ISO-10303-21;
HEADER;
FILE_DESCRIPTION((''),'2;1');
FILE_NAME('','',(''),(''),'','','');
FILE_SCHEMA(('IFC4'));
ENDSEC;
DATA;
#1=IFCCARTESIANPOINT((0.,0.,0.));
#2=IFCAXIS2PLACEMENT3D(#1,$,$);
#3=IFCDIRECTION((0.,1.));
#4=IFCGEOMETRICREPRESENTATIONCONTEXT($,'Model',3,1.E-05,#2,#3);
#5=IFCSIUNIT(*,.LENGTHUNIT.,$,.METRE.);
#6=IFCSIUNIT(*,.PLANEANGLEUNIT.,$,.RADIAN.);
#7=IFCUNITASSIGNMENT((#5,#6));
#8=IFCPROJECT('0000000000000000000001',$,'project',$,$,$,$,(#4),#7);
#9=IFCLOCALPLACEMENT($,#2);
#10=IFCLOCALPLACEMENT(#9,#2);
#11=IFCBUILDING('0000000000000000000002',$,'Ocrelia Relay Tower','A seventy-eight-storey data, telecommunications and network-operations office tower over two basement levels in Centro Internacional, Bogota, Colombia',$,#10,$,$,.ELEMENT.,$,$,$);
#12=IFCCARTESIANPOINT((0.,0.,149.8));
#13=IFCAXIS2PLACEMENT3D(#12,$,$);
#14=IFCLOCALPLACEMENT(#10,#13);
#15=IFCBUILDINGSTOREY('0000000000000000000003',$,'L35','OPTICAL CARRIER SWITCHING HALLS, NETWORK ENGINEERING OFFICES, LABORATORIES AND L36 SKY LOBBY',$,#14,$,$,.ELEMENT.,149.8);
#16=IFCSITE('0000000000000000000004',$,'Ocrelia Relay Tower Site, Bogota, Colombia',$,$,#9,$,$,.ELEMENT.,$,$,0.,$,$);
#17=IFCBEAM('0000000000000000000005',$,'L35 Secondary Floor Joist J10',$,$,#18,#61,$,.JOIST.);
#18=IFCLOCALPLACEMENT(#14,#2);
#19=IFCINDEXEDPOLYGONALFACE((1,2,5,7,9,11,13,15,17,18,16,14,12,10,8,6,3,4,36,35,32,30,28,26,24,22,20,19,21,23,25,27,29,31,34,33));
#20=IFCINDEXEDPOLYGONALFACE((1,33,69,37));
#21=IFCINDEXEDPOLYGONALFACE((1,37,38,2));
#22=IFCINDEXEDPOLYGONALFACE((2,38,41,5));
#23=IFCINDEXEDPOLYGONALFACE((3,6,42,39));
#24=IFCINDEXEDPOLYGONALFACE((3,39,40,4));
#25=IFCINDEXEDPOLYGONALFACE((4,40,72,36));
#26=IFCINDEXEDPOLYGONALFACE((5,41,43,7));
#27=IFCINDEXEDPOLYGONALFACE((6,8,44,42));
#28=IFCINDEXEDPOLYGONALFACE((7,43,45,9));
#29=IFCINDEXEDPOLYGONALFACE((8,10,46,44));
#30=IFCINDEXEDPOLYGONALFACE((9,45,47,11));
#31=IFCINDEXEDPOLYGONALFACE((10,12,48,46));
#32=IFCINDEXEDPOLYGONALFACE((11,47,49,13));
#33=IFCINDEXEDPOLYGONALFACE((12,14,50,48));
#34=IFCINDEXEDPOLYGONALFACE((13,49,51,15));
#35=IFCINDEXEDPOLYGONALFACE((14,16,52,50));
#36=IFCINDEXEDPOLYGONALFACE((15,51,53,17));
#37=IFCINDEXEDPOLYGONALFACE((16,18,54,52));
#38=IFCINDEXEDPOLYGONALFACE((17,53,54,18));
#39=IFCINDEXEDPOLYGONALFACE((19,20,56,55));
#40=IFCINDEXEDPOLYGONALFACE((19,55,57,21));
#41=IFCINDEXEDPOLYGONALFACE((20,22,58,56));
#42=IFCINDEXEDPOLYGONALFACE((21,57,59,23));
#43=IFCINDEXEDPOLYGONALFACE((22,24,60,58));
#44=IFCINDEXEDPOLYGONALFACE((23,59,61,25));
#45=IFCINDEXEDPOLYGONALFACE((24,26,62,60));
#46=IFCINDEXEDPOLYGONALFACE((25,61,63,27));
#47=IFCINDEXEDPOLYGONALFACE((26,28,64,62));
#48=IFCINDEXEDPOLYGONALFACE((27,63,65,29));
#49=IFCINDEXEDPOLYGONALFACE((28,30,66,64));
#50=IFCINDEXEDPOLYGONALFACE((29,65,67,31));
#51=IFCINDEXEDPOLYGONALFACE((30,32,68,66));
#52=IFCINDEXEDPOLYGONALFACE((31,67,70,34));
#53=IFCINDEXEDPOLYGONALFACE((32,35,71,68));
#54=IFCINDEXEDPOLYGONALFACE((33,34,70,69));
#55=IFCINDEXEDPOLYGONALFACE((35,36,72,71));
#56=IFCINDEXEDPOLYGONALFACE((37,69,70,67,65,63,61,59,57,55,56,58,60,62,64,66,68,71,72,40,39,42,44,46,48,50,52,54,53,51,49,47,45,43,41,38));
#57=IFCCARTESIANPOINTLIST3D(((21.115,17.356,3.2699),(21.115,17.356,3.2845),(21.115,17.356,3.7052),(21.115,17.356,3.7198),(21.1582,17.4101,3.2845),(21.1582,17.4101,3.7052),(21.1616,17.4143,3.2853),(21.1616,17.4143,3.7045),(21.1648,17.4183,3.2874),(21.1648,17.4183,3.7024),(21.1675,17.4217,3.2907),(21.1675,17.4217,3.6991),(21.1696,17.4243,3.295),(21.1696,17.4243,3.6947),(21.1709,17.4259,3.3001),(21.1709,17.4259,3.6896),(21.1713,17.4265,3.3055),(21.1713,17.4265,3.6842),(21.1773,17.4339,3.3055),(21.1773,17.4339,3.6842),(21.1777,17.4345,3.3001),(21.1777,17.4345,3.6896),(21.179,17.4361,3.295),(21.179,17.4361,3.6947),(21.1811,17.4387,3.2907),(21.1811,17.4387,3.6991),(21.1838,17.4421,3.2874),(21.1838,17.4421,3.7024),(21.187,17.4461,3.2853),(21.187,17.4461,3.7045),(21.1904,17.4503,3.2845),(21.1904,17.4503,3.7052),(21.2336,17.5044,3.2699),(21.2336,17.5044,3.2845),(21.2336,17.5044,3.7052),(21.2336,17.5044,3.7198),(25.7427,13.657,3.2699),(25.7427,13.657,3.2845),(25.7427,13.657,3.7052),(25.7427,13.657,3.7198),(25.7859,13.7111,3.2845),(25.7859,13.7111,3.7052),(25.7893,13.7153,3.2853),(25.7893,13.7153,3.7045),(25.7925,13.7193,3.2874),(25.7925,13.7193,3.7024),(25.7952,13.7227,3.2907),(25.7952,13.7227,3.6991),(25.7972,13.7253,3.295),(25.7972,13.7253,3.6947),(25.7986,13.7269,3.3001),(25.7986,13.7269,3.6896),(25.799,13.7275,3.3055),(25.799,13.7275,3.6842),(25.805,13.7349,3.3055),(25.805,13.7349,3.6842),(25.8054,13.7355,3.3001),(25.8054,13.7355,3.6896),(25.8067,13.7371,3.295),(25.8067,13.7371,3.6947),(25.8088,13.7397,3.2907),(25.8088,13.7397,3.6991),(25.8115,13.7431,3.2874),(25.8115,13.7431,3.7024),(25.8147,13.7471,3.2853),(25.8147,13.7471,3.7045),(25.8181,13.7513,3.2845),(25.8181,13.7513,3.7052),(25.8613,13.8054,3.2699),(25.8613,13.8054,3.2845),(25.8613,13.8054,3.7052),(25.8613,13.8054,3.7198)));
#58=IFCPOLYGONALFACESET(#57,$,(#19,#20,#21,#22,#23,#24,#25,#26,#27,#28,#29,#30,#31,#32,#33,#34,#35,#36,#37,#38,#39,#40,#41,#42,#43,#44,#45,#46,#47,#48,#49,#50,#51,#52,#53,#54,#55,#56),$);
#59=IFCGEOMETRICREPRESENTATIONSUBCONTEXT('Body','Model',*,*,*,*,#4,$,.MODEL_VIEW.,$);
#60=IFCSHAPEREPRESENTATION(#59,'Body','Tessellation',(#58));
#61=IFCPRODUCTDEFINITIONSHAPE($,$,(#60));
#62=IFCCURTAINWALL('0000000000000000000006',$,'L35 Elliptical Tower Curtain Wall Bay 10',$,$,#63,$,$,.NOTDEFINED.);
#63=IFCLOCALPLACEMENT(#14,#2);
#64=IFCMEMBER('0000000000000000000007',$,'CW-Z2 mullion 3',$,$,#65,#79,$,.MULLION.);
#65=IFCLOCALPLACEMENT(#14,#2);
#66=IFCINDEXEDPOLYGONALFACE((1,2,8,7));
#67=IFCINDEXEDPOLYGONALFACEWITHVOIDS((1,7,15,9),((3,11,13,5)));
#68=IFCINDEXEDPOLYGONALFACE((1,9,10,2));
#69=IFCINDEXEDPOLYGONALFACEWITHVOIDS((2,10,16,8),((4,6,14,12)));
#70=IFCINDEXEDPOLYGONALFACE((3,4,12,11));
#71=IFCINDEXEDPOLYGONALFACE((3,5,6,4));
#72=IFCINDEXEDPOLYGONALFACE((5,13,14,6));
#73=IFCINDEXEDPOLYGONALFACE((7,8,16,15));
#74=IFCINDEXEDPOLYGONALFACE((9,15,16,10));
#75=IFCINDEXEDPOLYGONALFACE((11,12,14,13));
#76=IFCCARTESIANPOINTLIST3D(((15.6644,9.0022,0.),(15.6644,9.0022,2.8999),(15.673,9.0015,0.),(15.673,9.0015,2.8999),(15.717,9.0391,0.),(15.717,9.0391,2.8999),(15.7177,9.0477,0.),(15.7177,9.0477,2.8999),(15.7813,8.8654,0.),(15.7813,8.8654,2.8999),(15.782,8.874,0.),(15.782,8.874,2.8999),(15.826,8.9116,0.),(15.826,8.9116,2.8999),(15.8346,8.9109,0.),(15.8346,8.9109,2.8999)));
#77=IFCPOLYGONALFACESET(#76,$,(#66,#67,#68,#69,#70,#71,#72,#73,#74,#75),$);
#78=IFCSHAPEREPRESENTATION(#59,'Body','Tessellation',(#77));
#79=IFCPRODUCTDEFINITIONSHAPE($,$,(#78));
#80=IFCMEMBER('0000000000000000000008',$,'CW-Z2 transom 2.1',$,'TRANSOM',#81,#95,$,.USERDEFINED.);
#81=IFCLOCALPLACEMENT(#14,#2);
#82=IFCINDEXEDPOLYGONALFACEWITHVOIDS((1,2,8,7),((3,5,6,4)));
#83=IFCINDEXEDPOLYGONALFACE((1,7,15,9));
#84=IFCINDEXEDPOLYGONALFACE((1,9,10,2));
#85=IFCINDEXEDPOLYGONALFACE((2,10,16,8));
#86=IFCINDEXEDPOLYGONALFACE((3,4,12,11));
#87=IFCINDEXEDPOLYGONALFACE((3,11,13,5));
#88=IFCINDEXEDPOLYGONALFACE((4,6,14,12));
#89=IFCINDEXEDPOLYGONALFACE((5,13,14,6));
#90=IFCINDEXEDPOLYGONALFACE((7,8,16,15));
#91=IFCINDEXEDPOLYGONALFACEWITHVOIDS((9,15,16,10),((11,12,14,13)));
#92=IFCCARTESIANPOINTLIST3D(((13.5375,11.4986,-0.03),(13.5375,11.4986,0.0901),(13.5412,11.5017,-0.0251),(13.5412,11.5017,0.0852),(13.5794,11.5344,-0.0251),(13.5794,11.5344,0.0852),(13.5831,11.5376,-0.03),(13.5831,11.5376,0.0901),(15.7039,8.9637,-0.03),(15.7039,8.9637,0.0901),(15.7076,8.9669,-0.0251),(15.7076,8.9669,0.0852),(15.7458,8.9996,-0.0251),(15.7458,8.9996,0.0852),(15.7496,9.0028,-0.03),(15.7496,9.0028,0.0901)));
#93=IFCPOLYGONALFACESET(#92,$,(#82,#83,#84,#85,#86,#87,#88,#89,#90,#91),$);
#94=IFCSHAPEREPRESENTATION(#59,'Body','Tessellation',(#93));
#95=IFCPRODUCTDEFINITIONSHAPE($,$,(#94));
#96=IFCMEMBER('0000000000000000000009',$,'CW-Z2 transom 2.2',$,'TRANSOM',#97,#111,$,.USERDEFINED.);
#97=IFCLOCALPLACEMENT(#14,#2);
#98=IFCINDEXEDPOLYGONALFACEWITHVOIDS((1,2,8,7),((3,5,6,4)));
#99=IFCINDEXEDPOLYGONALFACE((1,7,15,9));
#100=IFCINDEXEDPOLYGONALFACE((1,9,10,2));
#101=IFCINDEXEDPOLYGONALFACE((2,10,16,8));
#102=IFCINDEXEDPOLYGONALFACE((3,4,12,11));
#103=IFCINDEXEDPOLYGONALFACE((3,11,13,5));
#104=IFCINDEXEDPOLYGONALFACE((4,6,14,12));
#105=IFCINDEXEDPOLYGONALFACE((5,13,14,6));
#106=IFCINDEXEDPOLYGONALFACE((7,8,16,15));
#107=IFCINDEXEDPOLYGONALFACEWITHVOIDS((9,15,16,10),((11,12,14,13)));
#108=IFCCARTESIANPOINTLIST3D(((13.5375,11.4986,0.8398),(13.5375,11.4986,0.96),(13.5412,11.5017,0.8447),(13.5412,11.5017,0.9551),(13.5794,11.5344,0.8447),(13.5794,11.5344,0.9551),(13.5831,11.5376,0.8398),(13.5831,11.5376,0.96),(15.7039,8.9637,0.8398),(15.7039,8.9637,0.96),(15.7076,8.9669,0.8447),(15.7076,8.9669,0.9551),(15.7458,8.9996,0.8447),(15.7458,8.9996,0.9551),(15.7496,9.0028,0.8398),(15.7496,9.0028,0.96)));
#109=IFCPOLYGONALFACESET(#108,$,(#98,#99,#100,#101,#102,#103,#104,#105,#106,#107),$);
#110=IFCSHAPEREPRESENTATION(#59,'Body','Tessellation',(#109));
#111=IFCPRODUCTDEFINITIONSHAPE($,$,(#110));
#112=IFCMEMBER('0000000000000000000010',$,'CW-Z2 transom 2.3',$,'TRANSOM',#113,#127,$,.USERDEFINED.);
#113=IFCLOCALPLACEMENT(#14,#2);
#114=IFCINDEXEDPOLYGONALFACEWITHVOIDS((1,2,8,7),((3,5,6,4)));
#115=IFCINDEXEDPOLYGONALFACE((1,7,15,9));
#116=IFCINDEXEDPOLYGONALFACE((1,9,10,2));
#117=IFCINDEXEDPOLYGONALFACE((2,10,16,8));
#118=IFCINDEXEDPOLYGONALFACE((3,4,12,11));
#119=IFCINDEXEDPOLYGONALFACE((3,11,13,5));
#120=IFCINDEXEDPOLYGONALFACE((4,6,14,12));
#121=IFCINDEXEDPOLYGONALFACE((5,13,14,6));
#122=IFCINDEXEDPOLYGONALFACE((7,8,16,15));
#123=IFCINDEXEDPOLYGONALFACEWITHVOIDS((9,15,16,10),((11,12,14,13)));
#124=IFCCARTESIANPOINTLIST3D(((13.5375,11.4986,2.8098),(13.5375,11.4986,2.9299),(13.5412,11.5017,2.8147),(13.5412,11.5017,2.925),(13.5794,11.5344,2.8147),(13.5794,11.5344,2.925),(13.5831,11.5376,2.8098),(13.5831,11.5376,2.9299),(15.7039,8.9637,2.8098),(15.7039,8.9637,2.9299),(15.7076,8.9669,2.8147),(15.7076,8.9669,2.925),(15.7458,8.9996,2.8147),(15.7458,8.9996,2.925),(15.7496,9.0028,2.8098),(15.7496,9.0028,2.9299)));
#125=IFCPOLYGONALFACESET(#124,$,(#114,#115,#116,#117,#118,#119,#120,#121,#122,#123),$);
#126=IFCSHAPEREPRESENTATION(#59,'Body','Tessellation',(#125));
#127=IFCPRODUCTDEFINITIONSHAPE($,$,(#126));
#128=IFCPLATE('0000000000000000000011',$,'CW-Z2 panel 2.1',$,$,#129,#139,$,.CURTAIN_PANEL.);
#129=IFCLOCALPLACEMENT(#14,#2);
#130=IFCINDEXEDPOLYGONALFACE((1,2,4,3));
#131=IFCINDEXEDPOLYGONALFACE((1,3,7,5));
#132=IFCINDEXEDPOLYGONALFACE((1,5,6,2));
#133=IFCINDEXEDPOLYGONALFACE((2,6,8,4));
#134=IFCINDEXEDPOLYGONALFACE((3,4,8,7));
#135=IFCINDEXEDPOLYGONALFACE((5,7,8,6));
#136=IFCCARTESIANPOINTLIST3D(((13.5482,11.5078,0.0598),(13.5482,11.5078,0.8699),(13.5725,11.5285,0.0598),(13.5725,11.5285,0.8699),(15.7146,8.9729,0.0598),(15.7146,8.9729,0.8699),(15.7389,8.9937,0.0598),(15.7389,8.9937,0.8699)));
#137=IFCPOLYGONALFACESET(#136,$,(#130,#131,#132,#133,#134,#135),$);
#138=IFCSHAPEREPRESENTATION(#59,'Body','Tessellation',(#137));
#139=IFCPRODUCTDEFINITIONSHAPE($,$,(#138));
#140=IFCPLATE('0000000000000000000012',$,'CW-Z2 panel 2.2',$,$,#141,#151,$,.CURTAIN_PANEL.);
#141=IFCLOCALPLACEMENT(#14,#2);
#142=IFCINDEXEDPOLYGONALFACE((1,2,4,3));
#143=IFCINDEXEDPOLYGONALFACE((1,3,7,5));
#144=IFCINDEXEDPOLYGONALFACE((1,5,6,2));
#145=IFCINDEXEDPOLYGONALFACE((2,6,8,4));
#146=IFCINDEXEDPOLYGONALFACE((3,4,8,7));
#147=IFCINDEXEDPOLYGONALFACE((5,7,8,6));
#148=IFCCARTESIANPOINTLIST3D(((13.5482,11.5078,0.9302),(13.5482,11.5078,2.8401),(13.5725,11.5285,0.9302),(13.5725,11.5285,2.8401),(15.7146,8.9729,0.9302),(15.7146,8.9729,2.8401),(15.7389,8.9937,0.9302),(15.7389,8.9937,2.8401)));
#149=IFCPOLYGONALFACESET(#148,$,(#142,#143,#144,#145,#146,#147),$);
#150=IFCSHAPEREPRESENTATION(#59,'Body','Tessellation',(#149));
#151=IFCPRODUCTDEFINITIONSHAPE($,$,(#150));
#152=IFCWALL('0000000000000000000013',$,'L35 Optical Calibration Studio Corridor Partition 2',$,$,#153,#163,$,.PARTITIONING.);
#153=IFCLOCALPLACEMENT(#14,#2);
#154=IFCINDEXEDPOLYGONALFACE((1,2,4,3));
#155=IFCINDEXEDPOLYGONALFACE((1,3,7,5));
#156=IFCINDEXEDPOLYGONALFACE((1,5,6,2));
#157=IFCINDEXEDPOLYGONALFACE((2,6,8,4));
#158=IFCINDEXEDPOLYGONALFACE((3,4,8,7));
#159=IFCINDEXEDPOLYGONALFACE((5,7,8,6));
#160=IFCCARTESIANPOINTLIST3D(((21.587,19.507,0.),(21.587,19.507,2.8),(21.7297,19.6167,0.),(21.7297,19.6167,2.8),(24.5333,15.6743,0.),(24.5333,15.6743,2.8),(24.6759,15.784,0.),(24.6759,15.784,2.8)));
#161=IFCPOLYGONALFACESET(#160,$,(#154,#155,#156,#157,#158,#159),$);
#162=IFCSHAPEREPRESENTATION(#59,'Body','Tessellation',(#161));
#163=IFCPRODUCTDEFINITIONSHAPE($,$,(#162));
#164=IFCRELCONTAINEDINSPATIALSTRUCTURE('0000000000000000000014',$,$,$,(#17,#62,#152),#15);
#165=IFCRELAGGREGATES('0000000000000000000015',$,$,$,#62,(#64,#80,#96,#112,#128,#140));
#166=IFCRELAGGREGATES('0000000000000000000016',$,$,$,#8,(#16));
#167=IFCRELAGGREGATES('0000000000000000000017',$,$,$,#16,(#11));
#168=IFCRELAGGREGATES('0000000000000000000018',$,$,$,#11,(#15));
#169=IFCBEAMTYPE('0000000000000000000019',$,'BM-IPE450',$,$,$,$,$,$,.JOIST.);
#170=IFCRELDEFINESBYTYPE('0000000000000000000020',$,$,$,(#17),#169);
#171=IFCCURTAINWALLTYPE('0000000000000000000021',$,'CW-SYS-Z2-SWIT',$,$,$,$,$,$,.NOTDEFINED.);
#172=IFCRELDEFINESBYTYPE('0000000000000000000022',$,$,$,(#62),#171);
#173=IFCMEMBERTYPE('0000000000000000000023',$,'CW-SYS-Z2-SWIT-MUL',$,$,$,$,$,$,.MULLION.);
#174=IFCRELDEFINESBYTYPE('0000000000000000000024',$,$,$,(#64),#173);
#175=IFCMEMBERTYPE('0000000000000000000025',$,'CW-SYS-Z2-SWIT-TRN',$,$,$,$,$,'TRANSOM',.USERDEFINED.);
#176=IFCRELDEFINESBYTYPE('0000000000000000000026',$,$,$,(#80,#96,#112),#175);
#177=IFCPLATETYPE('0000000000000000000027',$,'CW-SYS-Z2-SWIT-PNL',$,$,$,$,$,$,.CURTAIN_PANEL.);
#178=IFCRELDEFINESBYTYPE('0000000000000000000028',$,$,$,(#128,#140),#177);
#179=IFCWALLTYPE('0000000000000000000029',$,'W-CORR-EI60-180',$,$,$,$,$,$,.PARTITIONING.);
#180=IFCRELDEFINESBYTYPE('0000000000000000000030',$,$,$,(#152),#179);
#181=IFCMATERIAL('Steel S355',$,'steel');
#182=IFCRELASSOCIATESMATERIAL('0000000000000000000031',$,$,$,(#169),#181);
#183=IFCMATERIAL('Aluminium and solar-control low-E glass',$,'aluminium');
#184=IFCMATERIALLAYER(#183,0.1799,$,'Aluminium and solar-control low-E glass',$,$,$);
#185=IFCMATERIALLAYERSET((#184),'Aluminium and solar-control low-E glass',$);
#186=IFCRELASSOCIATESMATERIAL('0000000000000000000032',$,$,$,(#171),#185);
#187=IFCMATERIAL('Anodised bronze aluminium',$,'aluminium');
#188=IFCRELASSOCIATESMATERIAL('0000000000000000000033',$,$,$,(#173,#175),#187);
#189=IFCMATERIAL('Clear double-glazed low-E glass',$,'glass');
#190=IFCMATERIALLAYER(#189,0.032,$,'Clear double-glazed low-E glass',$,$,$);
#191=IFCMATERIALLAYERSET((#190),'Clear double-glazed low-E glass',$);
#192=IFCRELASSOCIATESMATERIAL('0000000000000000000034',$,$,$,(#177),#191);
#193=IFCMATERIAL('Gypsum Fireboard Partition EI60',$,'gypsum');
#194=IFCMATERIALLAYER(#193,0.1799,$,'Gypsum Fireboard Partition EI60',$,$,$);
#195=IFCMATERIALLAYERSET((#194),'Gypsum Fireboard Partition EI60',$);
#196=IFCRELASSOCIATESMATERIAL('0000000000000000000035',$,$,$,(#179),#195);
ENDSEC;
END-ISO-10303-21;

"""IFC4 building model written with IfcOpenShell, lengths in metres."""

from ifc_helpers import new_model, si_unit, direction, frame, frame_2d, origin, origin_2d, place, context, subcontext, project, spatial, rectangle, hollow_rectangle, i_section, extrude, material, layer, layer_set, material_profile, profile_set, type_object, element, aggregate, save


model = new_model("IFC4")

# Units and contexts
model_context = context("Model", 3, precision=1e-05, world=origin(), true_north=direction((0.0, 1.0)))
body_context = subcontext(model_context, "Body", "Model", "MODEL_VIEW")
ifc_project = project(units=[si_unit("LENGTHUNIT", "METRE"), si_unit("PLANEANGLEUNIT", "RADIAN")], contexts=[model_context])

# Site, building, storey
site_placement = place(None, origin())
site = spatial("IfcSite", under=ifc_project, at=site_placement, Name="Ocrelia Relay Tower Site, Bogota, Colombia", CompositionType="ELEMENT", RefElevation=0.0)
building_placement = place(site_placement, origin())
building = spatial("IfcBuilding", under=site, at=building_placement, Name="Ocrelia Relay Tower", Description="A seventy-eight-storey data, telecommunications and network-operations office tower over two basement levels in Centro Internacional, Bogota, Colombia", CompositionType="ELEMENT")
storey_placement = place(building_placement, frame((0.0, 0.0, 149.8)))
storey = spatial("IfcBuildingStorey", under=building, at=storey_placement, Name="L35", Description="OPTICAL CARRIER SWITCHING HALLS, NETWORK ENGINEERING OFFICES, LABORATORIES AND L36 SKY LOBBY", CompositionType="ELEMENT", Elevation=149.8)

# Beam
ifc_material_1 = material(Name="Steel S355", Category="steel")
ifc_material_profile_1 = material_profile(ifc_material_1, i_section(OverallWidth=0.1899, OverallDepth=0.45, WebThickness=0.0095, FlangeThickness=0.0146, FilletRadius=0.021, at=origin_2d()), Name="IPE 450")
ifc_profile_set_1 = profile_set([ifc_material_profile_1], Name="Steel S355")
beam_type_1 = type_object("IfcBeamType", Name="BM-IPE450", PredefinedType="JOIST", material=ifc_profile_set_1)
beam_1_placement = place(storey_placement, frame((21.1743, 17.4302, 3.4949), z_axis=(0.78113, -0.624368, 0.0), x_axis=(0.624368, 0.78113, 0.0)))
element("IfcBeam", 1, at=beam_1_placement, inside=storey, type_object=beam_type_1, Name="L35 Secondary Floor Joist J10", PredefinedType="JOIST", context=body_context, shape_type="SweptSolid", body=[
    extrude(i_section(OverallWidth=0.1899, OverallDepth=0.45, WebThickness=0.0095, FlangeThickness=0.0146, FilletRadius=0.021, at=origin_2d()), origin(), (0.0, 0.0, 1.0), 5.9243),
])

# Curtain wall, members, plates
ifc_material_2 = material(Name="Aluminium and solar-control low-E glass", Category="aluminium")
ifc_layer_1 = layer(ifc_material_2, 0.1799, Name="Aluminium and solar-control low-E glass")
ifc_layer_set_1 = layer_set([ifc_layer_1], Name="Aluminium and solar-control low-E glass")
curtain_wall_type = type_object("IfcCurtainWallType", Name="CW-SYS-Z2-SWIT", PredefinedType="NOTDEFINED", material=ifc_layer_set_1)
curtain_wall_placement = place(storey_placement, origin())
curtain_wall = element("IfcCurtainWall", 2, at=curtain_wall_placement, inside=storey, type_object=curtain_wall_type, Name="L35 Elliptical Tower Curtain Wall Bay 10", PredefinedType="NOTDEFINED")
ifc_material_3 = material(Name="Anodised bronze aluminium", Category="aluminium")
ifc_material_profile_2 = material_profile(ifc_material_3, hollow_rectangle(XDim=0.0701, YDim=0.1799, WallThickness=0.0061, at=origin_2d()), Name="CW-MUL-180x70")
ifc_profile_set_2 = profile_set([ifc_material_profile_2], Name="Anodised bronze aluminium")
member_type_1 = type_object("IfcMemberType", Name="CW-SYS-Z2-SWIT-MUL", PredefinedType="MULLION", material=ifc_profile_set_2)
member_1_placement = place(storey_placement, frame((15.7495, 8.9565, 0.0), z_axis=(0.0, 0.0, 1.0), x_axis=(0.760185, 0.649706, 0.0)))
member_1 = element("IfcMember", 3, at=member_1_placement, type_object=member_type_1, Name="CW-Z2 mullion 3", PredefinedType="MULLION", context=body_context, shape_type="SweptSolid", body=[
    extrude(hollow_rectangle(XDim=0.0701, YDim=0.1799, WallThickness=0.0061, at=origin_2d()), origin(), (0.0, 0.0, 1.0), 2.8999),
])
ifc_material_profile_3 = material_profile(ifc_material_3, hollow_rectangle(XDim=0.0601, YDim=0.1201, WallThickness=0.0049, at=origin_2d()), Name="CW-TRN-120x60")
ifc_profile_set_3 = profile_set([ifc_material_profile_3], Name="Anodised bronze aluminium")
member_type_2 = type_object("IfcMemberType", Name="CW-SYS-Z2-SWIT-TRN", ElementType="TRANSOM", PredefinedType="USERDEFINED", material=ifc_profile_set_3)
member_2_placement = place(storey_placement, frame((13.5603, 11.5181, 0.03), z_axis=(0.649705, -0.760186, 0.0), x_axis=(0.760186, 0.649705, 0.0)))
member_2 = element("IfcMember", 4, at=member_2_placement, type_object=member_type_2, Name="CW-Z2 transom 2.1", ObjectType="TRANSOM", PredefinedType="USERDEFINED", context=body_context, shape_type="SweptSolid", body=[
    extrude(hollow_rectangle(XDim=0.0601, YDim=0.1201, WallThickness=0.0049, at=origin_2d()), origin(), (0.0, 0.0, 1.0), 3.3345),
])
member_3_placement = place(storey_placement, frame((13.5603, 11.5181, 0.8999), z_axis=(0.649705, -0.760186, 0.0), x_axis=(0.760186, 0.649705, 0.0)))
member_3 = element("IfcMember", 5, at=member_3_placement, type_object=member_type_2, Name="CW-Z2 transom 2.2", ObjectType="TRANSOM", PredefinedType="USERDEFINED", context=body_context, shape_type="SweptSolid", body=[
    extrude(hollow_rectangle(XDim=0.0601, YDim=0.1201, WallThickness=0.0049, at=origin_2d()), origin(), (0.0, 0.0, 1.0), 3.3345),
])
member_4_placement = place(storey_placement, frame((13.5603, 11.5181, 2.8699), z_axis=(0.649705, -0.760186, 0.0), x_axis=(0.760186, 0.649705, 0.0)))
member_4 = element("IfcMember", 6, at=member_4_placement, type_object=member_type_2, Name="CW-Z2 transom 2.3", ObjectType="TRANSOM", PredefinedType="USERDEFINED", context=body_context, shape_type="SweptSolid", body=[
    extrude(hollow_rectangle(XDim=0.0601, YDim=0.1201, WallThickness=0.0049, at=origin_2d()), origin(), (0.0, 0.0, 1.0), 3.3345),
])
ifc_material_4 = material(Name="Clear double-glazed low-E glass", Category="glass")
ifc_layer_2 = layer(ifc_material_4, 0.032, Name="Clear double-glazed low-E glass")
ifc_layer_set_2 = layer_set([ifc_layer_2], Name="Clear double-glazed low-E glass")
plate_type = type_object("IfcPlateType", Name="CW-SYS-Z2-SWIT-PNL", PredefinedType="CURTAIN_PANEL", material=ifc_layer_set_2)
plate_1_placement = place(storey_placement, frame((14.6436, 10.2507, 0.0598), z_axis=(0.0, 0.0, 1.0), x_axis=(0.649706, -0.760185, 0.0)))
plate_1 = element("IfcPlate", 7, at=plate_1_placement, type_object=plate_type, Name="CW-Z2 panel 2.1", PredefinedType="CURTAIN_PANEL", context=body_context, shape_type="SweptSolid", body=[
    extrude(rectangle(XDim=3.3345, YDim=0.032, at=origin_2d()), origin(), (0.0, 0.0, 1.0), 0.8101),
])
plate_2_placement = place(storey_placement, frame((14.6436, 10.2507, 0.9302), z_axis=(0.0, 0.0, 1.0), x_axis=(0.649706, -0.760185, 0.0)))
plate_2 = element("IfcPlate", 8, at=plate_2_placement, type_object=plate_type, Name="CW-Z2 panel 2.2", PredefinedType="CURTAIN_PANEL", context=body_context, shape_type="SweptSolid", body=[
    extrude(rectangle(XDim=3.3345, YDim=0.032, at=origin_2d()), origin(), (0.0, 0.0, 1.0), 1.9099),
])
aggregate(curtain_wall, [member_1, member_2, member_3, member_4, plate_1, plate_2])

# Wall
ifc_material_5 = material(Name="Gypsum Fireboard Partition EI60", Category="gypsum")
ifc_layer_3 = layer(ifc_material_5, 0.1799, Name="Gypsum Fireboard Partition EI60")
ifc_layer_set_3 = layer_set([ifc_layer_3], Name="Gypsum Fireboard Partition EI60")
wall_type_1 = type_object("IfcWallType", Name="W-CORR-EI60-180", PredefinedType="PARTITIONING", material=ifc_layer_set_3)
wall_1_placement = place(storey_placement, frame((21.6584, 19.5618, 0.0), z_axis=(0.0, 0.0, 1.0), x_axis=(0.609452, -0.792823, 0.0)))
element("IfcWall", 9, at=wall_1_placement, inside=storey, type_object=wall_type_1, Name="L35 Optical Calibration Studio Corridor Partition 2", PredefinedType="PARTITIONING", context=body_context, shape_type="SweptSolid", body=[
    extrude(rectangle(XDim=4.8342, YDim=0.1799, at=frame_2d((2.417, 0.0))), origin(), (0.0, 0.0, 1.0), 2.8),
])

save(model, "model.ifc")
